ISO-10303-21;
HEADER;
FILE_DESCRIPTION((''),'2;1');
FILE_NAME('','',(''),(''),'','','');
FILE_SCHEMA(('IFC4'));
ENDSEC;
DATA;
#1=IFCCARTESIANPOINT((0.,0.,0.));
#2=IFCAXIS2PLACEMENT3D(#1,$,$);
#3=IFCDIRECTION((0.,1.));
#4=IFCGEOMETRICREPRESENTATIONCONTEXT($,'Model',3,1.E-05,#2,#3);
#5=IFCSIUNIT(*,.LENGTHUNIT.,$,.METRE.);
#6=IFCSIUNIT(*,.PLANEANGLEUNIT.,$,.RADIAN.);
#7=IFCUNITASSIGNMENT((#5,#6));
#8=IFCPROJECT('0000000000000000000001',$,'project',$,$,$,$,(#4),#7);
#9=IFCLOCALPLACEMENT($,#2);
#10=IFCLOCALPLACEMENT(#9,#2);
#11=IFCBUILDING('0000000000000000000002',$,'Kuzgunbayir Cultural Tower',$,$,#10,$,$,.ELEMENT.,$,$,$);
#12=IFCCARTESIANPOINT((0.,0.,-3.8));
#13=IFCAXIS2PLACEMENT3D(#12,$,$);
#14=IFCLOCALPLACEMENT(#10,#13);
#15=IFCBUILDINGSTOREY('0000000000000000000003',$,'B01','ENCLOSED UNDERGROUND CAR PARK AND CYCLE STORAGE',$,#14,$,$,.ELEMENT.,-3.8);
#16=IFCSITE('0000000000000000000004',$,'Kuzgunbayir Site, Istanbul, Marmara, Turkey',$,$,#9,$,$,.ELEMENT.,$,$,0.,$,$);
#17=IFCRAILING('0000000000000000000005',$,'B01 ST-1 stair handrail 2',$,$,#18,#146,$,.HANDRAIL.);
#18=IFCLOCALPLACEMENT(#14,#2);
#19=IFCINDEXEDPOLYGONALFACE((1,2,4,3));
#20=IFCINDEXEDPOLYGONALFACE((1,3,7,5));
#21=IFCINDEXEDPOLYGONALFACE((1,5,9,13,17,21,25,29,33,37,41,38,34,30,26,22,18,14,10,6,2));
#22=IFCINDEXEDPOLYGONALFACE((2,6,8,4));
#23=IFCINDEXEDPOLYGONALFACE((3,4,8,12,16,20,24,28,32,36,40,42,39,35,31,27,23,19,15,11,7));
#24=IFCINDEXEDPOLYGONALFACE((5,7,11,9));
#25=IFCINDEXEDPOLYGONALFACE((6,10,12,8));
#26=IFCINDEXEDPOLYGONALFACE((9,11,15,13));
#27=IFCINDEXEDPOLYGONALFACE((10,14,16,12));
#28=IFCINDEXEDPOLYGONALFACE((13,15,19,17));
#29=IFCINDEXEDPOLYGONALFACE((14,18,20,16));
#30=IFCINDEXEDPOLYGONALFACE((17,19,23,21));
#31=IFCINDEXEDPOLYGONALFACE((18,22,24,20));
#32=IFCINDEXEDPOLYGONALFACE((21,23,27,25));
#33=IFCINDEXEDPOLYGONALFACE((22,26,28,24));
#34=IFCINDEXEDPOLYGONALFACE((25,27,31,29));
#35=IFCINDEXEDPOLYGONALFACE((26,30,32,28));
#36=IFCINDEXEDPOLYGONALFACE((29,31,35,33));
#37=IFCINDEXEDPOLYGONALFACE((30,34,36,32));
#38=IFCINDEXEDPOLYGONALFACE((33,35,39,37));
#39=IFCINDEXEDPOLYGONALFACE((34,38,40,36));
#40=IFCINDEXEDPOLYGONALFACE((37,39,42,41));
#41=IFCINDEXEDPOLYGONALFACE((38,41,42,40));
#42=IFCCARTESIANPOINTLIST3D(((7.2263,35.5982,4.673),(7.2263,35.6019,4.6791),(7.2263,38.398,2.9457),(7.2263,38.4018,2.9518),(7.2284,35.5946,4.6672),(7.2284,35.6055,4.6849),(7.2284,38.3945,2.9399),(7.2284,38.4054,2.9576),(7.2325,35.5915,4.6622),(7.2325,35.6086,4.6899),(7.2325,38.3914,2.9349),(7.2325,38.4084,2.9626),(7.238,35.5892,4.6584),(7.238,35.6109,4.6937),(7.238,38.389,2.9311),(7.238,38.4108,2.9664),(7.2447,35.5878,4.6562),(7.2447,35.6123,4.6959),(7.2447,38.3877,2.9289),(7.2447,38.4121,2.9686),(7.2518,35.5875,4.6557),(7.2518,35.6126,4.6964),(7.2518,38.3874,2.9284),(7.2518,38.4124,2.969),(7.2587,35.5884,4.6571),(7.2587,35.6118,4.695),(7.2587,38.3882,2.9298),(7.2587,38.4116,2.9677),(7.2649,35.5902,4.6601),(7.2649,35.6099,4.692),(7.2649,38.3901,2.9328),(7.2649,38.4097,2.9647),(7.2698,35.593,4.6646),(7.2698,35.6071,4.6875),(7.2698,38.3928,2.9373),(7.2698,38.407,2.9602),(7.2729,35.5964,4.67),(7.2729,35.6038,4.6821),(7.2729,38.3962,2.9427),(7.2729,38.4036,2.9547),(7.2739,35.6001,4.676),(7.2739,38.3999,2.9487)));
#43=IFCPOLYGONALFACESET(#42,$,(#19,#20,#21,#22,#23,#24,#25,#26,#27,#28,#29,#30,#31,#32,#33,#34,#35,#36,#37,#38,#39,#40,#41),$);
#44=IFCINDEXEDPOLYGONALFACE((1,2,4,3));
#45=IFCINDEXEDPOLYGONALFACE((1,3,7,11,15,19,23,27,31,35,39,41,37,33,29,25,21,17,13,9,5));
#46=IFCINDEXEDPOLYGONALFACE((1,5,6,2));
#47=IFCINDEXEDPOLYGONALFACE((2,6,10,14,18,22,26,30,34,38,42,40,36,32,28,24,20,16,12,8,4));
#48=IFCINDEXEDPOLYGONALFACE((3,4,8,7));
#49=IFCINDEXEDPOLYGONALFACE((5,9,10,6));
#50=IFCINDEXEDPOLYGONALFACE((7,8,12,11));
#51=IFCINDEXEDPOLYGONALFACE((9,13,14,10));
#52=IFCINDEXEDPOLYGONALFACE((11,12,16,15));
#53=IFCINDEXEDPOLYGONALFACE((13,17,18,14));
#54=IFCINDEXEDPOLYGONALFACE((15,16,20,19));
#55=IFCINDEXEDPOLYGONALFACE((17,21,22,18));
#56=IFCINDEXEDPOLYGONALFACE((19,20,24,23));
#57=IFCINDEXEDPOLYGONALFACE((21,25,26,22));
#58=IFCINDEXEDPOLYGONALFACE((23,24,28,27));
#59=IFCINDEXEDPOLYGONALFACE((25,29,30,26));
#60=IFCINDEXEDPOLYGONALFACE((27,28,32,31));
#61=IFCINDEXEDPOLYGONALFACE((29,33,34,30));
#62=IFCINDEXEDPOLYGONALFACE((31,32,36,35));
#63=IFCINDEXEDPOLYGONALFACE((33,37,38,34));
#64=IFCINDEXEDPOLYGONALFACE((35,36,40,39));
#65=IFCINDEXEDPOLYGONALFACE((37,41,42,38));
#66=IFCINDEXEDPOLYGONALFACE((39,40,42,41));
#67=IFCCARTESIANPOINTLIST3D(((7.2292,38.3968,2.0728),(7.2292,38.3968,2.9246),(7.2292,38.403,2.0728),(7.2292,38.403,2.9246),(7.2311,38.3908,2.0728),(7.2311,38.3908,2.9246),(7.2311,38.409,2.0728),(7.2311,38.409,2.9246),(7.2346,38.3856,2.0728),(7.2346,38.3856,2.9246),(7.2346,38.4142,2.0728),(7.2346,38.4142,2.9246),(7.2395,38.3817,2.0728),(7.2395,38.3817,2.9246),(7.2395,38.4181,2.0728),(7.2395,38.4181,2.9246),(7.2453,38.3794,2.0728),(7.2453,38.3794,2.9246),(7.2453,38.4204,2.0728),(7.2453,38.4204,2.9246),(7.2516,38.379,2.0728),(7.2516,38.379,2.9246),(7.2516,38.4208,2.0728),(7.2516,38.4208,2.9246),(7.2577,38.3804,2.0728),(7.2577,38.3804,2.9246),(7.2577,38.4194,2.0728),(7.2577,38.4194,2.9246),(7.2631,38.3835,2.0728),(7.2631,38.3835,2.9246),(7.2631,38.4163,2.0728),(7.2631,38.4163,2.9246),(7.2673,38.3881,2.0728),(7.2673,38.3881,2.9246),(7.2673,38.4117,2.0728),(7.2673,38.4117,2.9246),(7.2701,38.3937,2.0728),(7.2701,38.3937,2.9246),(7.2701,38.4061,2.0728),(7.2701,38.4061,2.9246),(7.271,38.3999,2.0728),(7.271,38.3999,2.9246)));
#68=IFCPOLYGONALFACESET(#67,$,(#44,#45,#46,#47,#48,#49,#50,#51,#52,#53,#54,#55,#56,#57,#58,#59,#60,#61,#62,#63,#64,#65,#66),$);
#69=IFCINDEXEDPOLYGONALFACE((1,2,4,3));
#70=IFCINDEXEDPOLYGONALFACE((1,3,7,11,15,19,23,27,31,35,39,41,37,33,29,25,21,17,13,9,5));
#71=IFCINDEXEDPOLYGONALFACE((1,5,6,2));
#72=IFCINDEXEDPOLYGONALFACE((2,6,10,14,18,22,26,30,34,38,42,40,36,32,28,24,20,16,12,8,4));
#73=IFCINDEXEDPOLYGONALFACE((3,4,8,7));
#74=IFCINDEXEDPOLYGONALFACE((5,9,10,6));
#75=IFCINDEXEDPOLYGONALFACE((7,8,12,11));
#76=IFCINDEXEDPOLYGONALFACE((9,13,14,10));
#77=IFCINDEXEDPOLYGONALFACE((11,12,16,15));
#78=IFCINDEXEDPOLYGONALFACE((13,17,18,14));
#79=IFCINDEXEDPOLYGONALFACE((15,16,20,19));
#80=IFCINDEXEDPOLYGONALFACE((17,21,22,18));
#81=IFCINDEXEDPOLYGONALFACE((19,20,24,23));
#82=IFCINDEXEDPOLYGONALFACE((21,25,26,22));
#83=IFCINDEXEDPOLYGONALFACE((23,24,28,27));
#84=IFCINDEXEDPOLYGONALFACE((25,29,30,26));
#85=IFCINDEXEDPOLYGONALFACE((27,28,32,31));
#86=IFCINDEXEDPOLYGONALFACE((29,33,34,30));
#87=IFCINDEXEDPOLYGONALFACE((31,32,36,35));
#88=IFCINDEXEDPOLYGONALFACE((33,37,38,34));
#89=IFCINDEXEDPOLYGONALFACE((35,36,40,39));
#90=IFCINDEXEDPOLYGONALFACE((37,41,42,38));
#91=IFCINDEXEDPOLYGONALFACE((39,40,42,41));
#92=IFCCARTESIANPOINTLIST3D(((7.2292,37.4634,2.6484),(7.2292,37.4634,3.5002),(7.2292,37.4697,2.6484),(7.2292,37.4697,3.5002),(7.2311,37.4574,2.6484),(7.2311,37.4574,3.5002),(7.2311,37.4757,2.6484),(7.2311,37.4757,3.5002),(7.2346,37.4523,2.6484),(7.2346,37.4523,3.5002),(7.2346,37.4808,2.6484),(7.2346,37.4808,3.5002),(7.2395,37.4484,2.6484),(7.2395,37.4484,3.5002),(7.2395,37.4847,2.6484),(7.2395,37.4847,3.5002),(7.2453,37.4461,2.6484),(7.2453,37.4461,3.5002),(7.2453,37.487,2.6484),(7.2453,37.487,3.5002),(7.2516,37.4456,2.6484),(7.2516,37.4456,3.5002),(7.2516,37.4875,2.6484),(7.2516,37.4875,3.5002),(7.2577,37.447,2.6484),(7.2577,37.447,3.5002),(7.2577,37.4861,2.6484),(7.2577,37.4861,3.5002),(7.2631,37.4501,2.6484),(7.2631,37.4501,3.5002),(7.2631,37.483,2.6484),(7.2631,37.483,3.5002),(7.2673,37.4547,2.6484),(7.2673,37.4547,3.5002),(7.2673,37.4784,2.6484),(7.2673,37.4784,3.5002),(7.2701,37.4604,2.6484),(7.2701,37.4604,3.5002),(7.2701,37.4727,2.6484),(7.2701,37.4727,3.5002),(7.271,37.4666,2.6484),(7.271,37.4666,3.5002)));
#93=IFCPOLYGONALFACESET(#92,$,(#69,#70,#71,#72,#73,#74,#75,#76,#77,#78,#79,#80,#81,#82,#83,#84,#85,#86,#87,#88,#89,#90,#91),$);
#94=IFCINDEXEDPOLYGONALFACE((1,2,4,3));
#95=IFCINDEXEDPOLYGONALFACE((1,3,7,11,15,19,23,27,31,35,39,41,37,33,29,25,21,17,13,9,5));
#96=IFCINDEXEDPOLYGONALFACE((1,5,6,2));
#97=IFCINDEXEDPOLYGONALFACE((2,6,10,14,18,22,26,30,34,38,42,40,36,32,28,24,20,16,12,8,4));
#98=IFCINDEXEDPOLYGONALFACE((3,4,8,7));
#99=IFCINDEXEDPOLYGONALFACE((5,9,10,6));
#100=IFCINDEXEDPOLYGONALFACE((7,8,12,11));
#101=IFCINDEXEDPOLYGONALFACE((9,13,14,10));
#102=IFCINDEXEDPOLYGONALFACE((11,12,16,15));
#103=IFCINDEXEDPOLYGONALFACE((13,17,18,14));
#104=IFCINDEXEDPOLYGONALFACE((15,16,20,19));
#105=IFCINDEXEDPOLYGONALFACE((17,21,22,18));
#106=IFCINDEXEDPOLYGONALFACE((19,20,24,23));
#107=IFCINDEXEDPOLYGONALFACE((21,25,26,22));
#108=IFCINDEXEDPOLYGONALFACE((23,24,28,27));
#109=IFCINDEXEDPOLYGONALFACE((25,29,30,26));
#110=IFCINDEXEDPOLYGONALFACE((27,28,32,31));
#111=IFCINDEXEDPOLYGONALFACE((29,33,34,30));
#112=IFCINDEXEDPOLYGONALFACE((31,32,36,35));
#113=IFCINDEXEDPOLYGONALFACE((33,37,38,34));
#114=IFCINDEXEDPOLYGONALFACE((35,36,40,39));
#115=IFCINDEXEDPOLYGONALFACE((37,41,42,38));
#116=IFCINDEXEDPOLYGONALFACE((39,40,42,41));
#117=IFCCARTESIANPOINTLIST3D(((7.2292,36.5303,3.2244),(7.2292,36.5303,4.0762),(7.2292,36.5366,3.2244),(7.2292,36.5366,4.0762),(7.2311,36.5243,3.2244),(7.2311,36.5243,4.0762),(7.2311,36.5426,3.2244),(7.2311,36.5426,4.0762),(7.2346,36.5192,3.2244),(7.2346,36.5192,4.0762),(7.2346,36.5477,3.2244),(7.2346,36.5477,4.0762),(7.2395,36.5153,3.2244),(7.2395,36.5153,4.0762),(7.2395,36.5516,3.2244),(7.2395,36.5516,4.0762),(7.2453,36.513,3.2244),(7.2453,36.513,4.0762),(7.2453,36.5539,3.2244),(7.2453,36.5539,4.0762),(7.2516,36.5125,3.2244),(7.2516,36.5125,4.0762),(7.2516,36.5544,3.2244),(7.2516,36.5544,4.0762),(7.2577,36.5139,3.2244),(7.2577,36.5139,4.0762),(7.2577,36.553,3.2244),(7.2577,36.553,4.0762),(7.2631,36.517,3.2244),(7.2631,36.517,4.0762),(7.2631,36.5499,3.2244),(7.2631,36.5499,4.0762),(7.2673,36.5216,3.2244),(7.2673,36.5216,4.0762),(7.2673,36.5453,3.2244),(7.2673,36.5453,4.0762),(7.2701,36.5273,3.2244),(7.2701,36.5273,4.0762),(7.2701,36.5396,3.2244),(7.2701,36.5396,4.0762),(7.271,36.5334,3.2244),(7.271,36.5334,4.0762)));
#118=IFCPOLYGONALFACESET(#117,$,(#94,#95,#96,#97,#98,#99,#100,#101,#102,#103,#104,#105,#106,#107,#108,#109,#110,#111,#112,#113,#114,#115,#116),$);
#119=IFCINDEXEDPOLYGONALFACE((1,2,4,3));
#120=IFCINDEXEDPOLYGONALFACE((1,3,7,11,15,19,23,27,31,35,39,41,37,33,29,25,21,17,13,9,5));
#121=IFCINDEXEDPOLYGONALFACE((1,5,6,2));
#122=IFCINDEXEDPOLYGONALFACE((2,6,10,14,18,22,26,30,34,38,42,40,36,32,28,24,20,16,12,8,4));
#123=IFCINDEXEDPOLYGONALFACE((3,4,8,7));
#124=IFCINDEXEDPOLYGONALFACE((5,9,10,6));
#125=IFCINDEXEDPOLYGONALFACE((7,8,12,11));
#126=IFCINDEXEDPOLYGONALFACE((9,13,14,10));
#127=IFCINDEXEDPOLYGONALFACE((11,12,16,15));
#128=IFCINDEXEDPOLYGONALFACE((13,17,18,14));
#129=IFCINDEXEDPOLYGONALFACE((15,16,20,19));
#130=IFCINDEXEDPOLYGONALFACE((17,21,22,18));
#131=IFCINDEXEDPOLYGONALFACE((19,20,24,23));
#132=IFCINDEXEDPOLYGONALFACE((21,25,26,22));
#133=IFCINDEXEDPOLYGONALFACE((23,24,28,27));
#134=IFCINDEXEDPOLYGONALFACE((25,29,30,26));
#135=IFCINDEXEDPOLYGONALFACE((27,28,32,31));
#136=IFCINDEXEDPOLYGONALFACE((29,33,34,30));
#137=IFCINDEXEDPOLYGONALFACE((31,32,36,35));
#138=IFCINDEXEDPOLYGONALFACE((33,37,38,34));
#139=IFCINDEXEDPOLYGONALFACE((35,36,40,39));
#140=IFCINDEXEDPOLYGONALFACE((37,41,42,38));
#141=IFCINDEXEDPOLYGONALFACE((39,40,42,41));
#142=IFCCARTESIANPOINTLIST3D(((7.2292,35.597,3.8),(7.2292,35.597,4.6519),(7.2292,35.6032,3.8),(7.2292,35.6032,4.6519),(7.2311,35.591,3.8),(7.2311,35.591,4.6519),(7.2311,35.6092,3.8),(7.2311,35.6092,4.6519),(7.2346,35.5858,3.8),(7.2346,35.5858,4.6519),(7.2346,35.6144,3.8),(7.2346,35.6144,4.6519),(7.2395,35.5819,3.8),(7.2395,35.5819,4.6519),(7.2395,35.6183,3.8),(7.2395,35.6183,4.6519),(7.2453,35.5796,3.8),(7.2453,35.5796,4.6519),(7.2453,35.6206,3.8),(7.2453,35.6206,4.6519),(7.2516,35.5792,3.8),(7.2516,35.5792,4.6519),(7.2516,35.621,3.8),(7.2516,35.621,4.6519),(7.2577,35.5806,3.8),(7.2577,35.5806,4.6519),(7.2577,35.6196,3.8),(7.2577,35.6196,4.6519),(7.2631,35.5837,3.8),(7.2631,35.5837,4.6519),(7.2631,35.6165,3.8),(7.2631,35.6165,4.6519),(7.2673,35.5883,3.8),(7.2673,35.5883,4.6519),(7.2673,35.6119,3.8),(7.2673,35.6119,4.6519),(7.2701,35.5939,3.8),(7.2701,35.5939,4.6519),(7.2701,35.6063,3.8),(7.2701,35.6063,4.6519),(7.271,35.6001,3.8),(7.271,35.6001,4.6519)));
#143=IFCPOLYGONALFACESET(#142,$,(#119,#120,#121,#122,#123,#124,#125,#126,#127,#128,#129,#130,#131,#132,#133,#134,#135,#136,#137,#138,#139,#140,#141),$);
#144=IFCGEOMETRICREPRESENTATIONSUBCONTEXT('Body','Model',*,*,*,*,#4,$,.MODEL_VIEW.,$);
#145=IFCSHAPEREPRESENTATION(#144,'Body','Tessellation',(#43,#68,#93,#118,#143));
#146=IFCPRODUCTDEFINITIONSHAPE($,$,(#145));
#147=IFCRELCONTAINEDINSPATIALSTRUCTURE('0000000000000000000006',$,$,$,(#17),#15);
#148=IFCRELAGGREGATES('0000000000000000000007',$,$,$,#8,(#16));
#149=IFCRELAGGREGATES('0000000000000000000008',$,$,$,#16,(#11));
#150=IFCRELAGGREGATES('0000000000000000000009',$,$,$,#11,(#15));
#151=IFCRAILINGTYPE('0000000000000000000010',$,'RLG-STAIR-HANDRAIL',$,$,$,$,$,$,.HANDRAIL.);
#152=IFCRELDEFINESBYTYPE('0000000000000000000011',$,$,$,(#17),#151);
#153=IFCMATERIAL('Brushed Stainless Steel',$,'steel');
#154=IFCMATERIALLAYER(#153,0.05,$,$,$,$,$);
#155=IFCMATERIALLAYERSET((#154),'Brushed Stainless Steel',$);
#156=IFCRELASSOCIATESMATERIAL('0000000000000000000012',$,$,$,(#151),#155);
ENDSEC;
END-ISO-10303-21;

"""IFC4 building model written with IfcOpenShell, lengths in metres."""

from ifc_helpers import new_model, si_unit, direction, frame, origin, origin_2d, place, context, subcontext, project, spatial, circle, extrude, material, layer, layer_set, type_object, element, save


model = new_model("IFC4")

# Units and contexts
model_context = context("Model", 3, precision=1e-05, world=origin(), true_north=direction((0.0, 1.0)))
body_context = subcontext(model_context, "Body", "Model", "MODEL_VIEW")
ifc_project = project(units=[si_unit("LENGTHUNIT", "METRE"), si_unit("PLANEANGLEUNIT", "RADIAN")], contexts=[model_context])

# Site, building, storey
site_placement = place(None, origin())
site = spatial("IfcSite", under=ifc_project, at=site_placement, Name="Kuzgunbayir Site, Istanbul, Marmara, Turkey", CompositionType="ELEMENT", RefElevation=0.0)
building_placement = place(site_placement, origin())
building = spatial("IfcBuilding", under=site, at=building_placement, Name="Kuzgunbayir Cultural Tower", CompositionType="ELEMENT")
storey_placement = place(building_placement, frame((0.0, 0.0, -3.8)))
storey = spatial("IfcBuildingStorey", under=building, at=storey_placement, Name="B01", Description="ENCLOSED UNDERGROUND CAR PARK AND CYCLE STORAGE", CompositionType="ELEMENT", Elevation=-3.8)

# Railing
ifc_material_1 = material(Name="Brushed Stainless Steel", Category="steel")
ifc_layer_1 = layer(ifc_material_1, 0.05)
ifc_layer_set_1 = layer_set([ifc_layer_1], Name="Brushed Stainless Steel")
railing_type_1 = type_object("IfcRailingType", Name="RLG-STAIR-HANDRAIL", PredefinedType="HANDRAIL", material=ifc_layer_set_1)
railing_1_placement = place(storey_placement, frame((7.25, 38.3999, 2.0728)))
element("IfcRailing", 1, at=railing_1_placement, inside=storey, type_object=railing_type_1, Name="B01 ST-1 stair handrail 2", PredefinedType="HANDRAIL", context=body_context, shape_type="SweptSolid", body=[
    extrude(circle(Radius=0.0239, at=origin_2d()), frame((0.0, 0.0, 0.876), z_axis=(0.0, -0.851069, 0.525054), x_axis=(1.0, 0.0, 0.0)), (0.0, 0.0, 1.0), 3.2898),
    extrude(circle(Radius=0.021, at=origin_2d()), origin(), (0.0, 0.0, 1.0), 0.8518),
    extrude(circle(Radius=0.021, at=origin_2d()), frame((0.0, -0.9333, 0.5757)), (0.0, 0.0, 1.0), 0.8518),
    extrude(circle(Radius=0.021, at=origin_2d()), frame((0.0, -1.8665, 1.1516)), (0.0, 0.0, 1.0), 0.8518),
    extrude(circle(Radius=0.021, at=origin_2d()), frame((0.0, -2.7998, 1.7273)), (0.0, 0.0, 1.0), 0.8518),
])

save(model, "model.ifc")
